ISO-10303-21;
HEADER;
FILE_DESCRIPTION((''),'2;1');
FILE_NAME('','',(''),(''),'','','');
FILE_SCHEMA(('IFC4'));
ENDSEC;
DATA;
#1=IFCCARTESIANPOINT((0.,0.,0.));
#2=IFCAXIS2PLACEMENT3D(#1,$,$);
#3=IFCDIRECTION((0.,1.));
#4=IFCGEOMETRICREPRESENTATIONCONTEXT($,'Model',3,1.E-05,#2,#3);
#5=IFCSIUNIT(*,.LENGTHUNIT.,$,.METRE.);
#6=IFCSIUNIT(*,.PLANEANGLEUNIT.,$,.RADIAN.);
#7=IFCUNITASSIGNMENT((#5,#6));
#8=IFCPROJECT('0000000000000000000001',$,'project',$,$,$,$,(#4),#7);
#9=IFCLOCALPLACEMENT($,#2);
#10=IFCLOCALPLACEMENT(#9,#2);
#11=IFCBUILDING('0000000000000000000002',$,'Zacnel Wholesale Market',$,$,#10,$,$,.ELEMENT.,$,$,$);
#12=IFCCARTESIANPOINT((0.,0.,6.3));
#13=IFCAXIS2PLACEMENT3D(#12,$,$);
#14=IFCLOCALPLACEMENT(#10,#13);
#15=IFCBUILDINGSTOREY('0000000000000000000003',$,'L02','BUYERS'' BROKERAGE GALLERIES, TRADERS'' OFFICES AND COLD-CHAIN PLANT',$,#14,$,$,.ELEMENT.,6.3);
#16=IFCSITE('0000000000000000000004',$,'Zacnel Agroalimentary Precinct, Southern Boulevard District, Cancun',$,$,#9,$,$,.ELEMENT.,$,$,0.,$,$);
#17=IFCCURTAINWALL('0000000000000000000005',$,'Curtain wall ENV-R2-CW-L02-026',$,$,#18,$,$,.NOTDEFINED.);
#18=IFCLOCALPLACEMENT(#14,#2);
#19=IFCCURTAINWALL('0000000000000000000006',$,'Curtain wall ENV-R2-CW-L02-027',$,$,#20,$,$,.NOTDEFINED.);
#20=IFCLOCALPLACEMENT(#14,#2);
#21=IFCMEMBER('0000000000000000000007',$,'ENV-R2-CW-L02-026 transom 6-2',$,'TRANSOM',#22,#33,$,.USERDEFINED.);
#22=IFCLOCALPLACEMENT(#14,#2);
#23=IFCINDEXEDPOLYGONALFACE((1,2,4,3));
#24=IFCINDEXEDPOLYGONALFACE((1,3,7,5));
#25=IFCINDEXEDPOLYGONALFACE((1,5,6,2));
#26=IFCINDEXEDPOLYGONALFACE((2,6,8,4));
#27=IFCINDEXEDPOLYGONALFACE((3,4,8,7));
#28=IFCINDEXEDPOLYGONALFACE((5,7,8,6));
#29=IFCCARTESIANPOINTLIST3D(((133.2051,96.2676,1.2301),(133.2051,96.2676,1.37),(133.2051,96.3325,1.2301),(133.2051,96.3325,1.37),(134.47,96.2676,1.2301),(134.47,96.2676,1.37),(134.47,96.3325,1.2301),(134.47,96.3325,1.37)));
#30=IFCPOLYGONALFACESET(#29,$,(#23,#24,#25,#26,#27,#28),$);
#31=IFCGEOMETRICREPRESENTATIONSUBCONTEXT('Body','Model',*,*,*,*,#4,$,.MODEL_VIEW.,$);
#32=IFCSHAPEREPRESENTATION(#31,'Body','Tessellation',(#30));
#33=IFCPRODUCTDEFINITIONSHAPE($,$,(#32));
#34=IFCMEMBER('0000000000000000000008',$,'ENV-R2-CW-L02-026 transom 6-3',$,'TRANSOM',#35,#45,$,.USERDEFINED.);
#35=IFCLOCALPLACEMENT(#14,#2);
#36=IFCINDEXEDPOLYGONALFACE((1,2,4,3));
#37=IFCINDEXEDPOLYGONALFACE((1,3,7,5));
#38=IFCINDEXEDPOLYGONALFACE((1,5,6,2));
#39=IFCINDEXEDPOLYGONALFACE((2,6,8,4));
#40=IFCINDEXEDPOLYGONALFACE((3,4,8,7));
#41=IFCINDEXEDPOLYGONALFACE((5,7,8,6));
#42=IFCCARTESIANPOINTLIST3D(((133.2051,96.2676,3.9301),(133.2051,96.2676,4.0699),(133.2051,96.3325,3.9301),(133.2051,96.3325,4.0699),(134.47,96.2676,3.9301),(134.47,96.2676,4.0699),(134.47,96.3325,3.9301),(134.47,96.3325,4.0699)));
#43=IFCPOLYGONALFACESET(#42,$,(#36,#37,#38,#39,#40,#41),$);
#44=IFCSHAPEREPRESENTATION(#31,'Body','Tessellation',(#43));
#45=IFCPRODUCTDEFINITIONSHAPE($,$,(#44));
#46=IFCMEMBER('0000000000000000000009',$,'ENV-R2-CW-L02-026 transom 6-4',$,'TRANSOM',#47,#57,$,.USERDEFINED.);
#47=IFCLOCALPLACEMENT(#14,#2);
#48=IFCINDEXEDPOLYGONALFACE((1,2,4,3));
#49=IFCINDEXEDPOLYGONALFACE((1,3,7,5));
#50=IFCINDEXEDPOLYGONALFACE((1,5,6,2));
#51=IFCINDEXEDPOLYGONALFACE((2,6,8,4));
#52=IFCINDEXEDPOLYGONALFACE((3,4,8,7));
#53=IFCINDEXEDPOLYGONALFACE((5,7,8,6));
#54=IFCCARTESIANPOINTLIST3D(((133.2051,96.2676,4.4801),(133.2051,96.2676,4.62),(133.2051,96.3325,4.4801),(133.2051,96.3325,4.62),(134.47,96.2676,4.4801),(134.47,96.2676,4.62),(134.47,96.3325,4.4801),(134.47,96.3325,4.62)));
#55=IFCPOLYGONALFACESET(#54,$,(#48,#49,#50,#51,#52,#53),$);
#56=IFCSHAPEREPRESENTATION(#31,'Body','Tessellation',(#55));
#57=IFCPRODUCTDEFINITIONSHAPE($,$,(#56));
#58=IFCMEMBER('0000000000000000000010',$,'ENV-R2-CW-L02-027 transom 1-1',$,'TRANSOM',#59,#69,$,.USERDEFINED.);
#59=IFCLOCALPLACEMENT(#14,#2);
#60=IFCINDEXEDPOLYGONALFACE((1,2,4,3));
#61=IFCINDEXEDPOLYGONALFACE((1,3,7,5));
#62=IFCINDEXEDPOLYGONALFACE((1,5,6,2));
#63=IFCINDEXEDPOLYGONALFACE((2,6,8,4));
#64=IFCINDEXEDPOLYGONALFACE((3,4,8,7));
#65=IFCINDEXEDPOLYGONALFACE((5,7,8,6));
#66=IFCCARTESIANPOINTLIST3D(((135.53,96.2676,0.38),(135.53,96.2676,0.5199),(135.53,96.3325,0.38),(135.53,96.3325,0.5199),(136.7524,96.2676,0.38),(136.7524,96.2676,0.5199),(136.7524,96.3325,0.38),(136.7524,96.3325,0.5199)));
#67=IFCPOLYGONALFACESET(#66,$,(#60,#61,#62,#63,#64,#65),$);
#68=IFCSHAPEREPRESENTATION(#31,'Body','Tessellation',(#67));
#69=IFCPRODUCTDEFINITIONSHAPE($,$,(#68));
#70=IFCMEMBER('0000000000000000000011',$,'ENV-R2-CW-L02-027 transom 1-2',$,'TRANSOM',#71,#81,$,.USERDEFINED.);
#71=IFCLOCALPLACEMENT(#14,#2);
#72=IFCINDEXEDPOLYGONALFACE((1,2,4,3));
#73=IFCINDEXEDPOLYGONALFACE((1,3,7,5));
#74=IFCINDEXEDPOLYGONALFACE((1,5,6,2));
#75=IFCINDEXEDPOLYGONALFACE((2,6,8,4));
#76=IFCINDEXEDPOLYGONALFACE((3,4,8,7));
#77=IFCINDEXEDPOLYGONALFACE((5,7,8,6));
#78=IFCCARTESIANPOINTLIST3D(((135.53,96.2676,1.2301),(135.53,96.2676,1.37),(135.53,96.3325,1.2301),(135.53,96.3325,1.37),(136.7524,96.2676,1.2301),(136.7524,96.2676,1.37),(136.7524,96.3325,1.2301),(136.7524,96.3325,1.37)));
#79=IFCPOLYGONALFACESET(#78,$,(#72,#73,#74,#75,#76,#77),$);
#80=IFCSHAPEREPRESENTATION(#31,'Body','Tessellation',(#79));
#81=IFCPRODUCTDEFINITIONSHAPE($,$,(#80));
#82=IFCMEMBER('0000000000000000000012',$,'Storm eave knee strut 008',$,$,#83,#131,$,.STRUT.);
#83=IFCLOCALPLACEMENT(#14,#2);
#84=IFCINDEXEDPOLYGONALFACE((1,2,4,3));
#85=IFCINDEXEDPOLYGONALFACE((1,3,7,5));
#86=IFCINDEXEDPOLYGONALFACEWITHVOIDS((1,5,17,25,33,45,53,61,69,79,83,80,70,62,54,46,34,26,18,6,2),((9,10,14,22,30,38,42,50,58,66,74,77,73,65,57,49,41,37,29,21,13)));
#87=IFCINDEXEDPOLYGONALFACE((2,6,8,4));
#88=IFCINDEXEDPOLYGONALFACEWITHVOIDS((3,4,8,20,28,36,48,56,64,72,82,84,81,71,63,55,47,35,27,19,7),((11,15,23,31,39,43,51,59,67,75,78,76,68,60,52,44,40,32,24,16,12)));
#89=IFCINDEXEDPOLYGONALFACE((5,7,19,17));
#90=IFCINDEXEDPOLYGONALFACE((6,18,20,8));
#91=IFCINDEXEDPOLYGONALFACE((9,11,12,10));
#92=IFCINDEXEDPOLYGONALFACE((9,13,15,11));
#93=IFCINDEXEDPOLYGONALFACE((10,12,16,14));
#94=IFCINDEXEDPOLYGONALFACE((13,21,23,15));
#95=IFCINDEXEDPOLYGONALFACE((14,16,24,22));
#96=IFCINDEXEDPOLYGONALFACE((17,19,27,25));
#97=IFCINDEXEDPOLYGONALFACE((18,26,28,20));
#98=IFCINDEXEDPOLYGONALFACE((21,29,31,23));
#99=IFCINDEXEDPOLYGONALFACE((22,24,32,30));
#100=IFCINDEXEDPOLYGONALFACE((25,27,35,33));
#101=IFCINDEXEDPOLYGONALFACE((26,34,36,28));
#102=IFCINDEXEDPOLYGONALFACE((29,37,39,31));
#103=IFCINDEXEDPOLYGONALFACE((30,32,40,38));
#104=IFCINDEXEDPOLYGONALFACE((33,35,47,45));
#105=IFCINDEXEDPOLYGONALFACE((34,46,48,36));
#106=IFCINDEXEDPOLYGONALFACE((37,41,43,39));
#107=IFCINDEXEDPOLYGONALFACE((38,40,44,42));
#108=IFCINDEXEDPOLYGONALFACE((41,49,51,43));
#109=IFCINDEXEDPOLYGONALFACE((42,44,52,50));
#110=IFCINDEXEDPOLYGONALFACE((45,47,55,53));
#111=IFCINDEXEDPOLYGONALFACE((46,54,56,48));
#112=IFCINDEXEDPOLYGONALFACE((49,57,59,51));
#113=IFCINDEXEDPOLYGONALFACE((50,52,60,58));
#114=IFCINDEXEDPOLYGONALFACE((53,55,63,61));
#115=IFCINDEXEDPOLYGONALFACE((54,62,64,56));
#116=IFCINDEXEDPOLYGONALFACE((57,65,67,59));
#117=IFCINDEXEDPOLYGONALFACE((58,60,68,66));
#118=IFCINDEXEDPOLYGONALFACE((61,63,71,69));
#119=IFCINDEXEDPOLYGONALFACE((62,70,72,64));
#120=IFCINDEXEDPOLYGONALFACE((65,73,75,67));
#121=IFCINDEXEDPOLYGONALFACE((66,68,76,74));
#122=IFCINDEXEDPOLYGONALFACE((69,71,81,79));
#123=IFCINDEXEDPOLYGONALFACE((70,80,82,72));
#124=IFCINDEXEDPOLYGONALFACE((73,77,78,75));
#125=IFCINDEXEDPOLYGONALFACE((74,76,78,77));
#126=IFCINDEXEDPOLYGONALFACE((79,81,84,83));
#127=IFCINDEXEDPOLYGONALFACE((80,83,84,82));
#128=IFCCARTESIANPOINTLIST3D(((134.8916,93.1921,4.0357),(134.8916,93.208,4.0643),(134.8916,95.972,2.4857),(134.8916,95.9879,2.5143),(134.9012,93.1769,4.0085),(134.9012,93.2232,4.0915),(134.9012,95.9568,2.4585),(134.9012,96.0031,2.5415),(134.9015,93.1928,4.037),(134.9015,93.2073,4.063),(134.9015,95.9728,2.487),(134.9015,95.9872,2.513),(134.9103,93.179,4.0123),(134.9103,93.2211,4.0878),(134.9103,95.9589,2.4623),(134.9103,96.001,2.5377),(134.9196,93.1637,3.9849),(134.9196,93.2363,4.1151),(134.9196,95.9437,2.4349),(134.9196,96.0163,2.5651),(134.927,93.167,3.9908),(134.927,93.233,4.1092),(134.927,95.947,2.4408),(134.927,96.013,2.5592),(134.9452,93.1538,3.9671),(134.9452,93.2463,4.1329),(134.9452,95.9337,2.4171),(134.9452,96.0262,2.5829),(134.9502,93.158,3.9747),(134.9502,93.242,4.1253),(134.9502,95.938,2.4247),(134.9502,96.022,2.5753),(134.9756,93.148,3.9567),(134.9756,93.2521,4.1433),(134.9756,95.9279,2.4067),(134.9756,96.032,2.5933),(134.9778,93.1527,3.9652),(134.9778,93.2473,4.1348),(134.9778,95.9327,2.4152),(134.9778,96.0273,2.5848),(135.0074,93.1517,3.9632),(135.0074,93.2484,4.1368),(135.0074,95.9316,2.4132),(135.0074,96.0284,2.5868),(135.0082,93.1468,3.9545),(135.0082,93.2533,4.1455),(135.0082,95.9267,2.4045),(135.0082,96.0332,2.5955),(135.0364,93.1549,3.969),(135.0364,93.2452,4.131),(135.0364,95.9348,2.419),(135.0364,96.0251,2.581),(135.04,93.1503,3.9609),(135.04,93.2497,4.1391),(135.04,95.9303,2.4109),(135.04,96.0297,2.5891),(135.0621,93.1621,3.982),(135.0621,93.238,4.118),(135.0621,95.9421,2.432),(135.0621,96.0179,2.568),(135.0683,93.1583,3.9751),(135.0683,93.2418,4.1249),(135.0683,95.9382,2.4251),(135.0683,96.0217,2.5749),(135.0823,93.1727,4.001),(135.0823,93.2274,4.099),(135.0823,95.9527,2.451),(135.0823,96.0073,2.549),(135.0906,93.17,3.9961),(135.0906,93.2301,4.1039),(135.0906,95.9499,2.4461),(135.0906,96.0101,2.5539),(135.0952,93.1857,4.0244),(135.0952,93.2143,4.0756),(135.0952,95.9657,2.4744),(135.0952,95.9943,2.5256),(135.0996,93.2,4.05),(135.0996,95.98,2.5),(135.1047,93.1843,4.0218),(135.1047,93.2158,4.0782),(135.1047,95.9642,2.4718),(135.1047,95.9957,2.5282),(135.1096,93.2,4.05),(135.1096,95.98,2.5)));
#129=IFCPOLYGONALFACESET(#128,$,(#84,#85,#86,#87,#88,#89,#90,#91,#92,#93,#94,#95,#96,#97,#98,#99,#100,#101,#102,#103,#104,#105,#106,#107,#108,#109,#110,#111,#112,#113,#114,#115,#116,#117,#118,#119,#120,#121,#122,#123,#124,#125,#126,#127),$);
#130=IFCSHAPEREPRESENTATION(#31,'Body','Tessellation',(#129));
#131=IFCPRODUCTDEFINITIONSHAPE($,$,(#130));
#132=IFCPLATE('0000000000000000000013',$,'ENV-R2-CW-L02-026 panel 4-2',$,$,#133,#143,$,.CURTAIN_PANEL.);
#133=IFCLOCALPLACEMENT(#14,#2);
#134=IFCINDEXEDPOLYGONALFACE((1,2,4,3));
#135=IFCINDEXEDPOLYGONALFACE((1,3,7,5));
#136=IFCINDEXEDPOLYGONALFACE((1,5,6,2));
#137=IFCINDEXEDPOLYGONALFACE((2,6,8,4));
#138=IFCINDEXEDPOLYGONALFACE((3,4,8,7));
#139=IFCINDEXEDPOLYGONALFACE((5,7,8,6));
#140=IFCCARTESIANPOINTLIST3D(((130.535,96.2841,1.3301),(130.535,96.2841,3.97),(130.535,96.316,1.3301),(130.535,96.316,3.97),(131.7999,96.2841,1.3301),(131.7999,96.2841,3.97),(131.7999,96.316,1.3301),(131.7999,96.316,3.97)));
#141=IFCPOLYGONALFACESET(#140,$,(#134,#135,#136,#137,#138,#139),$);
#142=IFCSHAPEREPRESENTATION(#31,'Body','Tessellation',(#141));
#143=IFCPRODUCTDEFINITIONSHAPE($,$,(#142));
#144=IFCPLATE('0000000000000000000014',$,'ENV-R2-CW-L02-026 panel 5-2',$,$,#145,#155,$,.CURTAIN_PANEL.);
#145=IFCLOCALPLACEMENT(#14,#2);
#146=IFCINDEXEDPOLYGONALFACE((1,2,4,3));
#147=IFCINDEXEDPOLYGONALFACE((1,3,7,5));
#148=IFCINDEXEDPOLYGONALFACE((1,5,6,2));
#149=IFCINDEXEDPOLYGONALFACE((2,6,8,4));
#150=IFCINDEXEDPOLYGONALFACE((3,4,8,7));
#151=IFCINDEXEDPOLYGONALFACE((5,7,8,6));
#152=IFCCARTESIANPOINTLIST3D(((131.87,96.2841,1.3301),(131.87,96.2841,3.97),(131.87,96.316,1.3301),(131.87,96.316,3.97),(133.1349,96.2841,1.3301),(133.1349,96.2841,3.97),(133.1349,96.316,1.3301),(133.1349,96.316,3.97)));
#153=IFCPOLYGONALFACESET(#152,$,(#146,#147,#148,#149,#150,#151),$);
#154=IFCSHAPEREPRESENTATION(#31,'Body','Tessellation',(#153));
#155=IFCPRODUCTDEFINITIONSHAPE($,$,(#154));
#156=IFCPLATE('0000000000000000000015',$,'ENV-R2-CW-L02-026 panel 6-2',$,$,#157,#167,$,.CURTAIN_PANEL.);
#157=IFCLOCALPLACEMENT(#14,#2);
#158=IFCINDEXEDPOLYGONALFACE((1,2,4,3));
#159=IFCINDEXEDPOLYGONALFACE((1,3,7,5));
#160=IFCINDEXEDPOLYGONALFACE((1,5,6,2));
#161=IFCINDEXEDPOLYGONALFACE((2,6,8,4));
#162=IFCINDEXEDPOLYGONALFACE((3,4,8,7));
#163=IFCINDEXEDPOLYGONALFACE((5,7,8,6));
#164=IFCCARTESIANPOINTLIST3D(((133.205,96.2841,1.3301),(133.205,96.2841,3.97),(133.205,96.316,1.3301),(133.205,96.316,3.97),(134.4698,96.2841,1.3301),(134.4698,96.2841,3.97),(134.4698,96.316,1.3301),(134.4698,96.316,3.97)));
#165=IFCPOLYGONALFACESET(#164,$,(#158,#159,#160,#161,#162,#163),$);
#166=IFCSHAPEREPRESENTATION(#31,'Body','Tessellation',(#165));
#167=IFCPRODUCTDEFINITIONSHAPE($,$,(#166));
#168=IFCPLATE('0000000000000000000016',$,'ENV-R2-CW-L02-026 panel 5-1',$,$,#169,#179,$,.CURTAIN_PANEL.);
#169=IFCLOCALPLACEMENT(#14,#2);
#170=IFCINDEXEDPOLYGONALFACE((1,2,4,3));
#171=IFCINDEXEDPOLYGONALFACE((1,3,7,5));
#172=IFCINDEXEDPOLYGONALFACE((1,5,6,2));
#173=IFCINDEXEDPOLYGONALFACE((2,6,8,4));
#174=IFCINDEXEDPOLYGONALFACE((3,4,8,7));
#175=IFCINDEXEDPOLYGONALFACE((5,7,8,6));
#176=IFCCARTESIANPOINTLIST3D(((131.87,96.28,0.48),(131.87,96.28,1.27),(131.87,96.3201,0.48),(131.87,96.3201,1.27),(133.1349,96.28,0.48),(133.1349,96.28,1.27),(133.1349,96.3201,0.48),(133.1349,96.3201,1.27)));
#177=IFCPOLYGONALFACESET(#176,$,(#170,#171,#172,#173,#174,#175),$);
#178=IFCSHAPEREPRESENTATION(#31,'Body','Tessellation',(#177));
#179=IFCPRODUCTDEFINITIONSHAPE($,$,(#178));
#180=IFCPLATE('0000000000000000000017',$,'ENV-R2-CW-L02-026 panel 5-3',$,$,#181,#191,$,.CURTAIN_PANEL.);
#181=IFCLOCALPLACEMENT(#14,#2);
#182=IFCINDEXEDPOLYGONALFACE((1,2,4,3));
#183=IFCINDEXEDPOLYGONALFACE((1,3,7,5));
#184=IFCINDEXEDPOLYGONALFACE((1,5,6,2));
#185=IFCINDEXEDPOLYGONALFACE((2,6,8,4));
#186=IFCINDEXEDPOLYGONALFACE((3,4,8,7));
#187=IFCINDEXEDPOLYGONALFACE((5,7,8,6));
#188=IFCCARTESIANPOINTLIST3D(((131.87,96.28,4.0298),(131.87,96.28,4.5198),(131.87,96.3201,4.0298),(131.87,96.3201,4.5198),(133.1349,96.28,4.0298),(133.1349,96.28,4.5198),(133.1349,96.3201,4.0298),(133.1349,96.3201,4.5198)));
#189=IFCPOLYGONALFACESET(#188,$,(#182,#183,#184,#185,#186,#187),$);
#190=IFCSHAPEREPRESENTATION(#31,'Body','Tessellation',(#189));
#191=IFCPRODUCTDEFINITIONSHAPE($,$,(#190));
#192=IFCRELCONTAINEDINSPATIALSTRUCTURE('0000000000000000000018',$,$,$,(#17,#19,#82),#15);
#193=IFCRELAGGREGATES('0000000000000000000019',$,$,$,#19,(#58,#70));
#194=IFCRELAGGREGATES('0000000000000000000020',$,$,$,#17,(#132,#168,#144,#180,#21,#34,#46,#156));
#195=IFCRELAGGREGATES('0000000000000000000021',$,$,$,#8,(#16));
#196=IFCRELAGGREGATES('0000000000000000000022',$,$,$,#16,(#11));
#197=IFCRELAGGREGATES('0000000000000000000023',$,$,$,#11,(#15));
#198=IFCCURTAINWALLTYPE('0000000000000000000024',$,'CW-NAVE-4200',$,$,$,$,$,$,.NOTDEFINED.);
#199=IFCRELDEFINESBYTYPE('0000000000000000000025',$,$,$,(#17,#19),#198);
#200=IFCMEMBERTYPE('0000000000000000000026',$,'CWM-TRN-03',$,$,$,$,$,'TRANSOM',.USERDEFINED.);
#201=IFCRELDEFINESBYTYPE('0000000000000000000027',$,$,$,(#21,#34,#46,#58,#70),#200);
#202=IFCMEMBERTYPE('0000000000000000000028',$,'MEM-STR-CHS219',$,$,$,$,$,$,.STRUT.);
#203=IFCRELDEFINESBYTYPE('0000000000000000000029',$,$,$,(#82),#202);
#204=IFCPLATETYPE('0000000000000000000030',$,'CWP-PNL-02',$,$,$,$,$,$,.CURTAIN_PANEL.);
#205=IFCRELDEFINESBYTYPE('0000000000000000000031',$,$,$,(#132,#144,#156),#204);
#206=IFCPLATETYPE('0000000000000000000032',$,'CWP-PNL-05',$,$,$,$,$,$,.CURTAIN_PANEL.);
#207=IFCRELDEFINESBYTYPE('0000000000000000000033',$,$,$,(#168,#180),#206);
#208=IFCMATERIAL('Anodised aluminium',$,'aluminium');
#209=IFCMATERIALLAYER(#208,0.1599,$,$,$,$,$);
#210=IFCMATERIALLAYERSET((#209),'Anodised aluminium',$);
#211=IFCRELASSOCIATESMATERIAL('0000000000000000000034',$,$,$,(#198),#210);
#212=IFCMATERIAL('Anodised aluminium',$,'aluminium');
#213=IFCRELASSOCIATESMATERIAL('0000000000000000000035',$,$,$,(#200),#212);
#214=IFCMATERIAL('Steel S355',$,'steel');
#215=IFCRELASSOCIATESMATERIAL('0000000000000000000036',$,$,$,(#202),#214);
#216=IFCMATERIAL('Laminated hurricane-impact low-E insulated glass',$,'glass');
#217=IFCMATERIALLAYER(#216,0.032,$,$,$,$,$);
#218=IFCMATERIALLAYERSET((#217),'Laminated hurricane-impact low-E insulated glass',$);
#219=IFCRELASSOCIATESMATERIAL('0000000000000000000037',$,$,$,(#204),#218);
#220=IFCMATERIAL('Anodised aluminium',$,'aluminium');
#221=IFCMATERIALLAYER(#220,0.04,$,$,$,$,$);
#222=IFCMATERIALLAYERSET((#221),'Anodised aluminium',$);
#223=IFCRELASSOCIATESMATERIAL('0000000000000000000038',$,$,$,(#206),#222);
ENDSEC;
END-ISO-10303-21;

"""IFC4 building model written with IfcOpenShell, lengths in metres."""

from ifc_helpers import new_model, si_unit, direction, frame, origin, origin_2d, place, context, subcontext, project, spatial, rectangle, hollow_circle, extrude, material, layer, layer_set, material_profile, profile_set, type_object, element, aggregate, save


model = new_model("IFC4")

# Units and contexts
model_context = context("Model", 3, precision=1e-05, world=origin(), true_north=direction((0.0, 1.0)))
body_context = subcontext(model_context, "Body", "Model", "MODEL_VIEW")
ifc_project = project(units=[si_unit("LENGTHUNIT", "METRE"), si_unit("PLANEANGLEUNIT", "RADIAN")], contexts=[model_context])

# Site, building, storey
site_placement = place(None, origin())
site = spatial("IfcSite", under=ifc_project, at=site_placement, Name="Zacnel Agroalimentary Precinct, Southern Boulevard District, Cancun", CompositionType="ELEMENT", RefElevation=0.0)
building_placement = place(site_placement, origin())
building = spatial("IfcBuilding", under=site, at=building_placement, Name="Zacnel Wholesale Market", CompositionType="ELEMENT")
storey_placement = place(building_placement, frame((0.0, 0.0, 6.3)))
storey = spatial("IfcBuildingStorey", under=building, at=storey_placement, Name="L02", Description="BUYERS' BROKERAGE GALLERIES, TRADERS' OFFICES AND COLD-CHAIN PLANT", CompositionType="ELEMENT", Elevation=6.3)

# Curtain wall
ifc_material_1 = material(Name="Anodised aluminium", Category="aluminium")
ifc_layer_1 = layer(ifc_material_1, 0.1599)
ifc_layer_set_1 = layer_set([ifc_layer_1], Name="Anodised aluminium")
curtain_wall_type = type_object("IfcCurtainWallType", Name="CW-NAVE-4200", PredefinedType="NOTDEFINED", material=ifc_layer_set_1)
curtain_wall_1_placement = place(storey_placement, origin())
curtain_wall_1 = element("IfcCurtainWall", 1, at=curtain_wall_1_placement, inside=storey, type_object=curtain_wall_type, Name="Curtain wall ENV-R2-CW-L02-026", PredefinedType="NOTDEFINED")

# Curtain wall
curtain_wall_2_placement = place(storey_placement, origin())
curtain_wall_2 = element("IfcCurtainWall", 2, at=curtain_wall_2_placement, inside=storey, type_object=curtain_wall_type, Name="Curtain wall ENV-R2-CW-L02-027", PredefinedType="NOTDEFINED")

# Members
ifc_material_2 = material(Name="Anodised aluminium", Category="aluminium")
ifc_material_profile_1 = material_profile(ifc_material_2, rectangle(XDim=0.0649, YDim=0.1399, at=origin_2d()), Name="AW-TRANSOM 65x140")
ifc_profile_set_1 = profile_set([ifc_material_profile_1], Name="Anodised aluminium")
member_type_1 = type_object("IfcMemberType", Name="CWM-TRN-03", ElementType="TRANSOM", PredefinedType="USERDEFINED", material=ifc_profile_set_1)
member_1_placement = place(storey_placement, frame((133.2051, 96.3, 1.3), z_axis=(1.0, 0.0, 0.0), x_axis=(0.0, 1.0, 0.0)))
member_1 = element("IfcMember", 3, at=member_1_placement, type_object=member_type_1, Name="ENV-R2-CW-L02-026 transom 6-2", ObjectType="TRANSOM", PredefinedType="USERDEFINED", context=body_context, shape_type="SweptSolid", body=[
    extrude(rectangle(XDim=0.0649, YDim=0.1399, at=origin_2d()), origin(), (0.0, 0.0, 1.0), 1.2649),
])
member_2_placement = place(storey_placement, frame((133.2051, 96.3, 4.0), z_axis=(1.0, 0.0, 0.0), x_axis=(0.0, 1.0, 0.0)))
member_2 = element("IfcMember", 4, at=member_2_placement, type_object=member_type_1, Name="ENV-R2-CW-L02-026 transom 6-3", ObjectType="TRANSOM", PredefinedType="USERDEFINED", context=body_context, shape_type="SweptSolid", body=[
    extrude(rectangle(XDim=0.0649, YDim=0.1399, at=origin_2d()), origin(), (0.0, 0.0, 1.0), 1.2649),
])
member_3_placement = place(storey_placement, frame((133.2051, 96.3, 4.55), z_axis=(1.0, 0.0, 0.0), x_axis=(0.0, 1.0, 0.0)))
member_3 = element("IfcMember", 5, at=member_3_placement, type_object=member_type_1, Name="ENV-R2-CW-L02-026 transom 6-4", ObjectType="TRANSOM", PredefinedType="USERDEFINED", context=body_context, shape_type="SweptSolid", body=[
    extrude(rectangle(XDim=0.0649, YDim=0.1399, at=origin_2d()), origin(), (0.0, 0.0, 1.0), 1.2649),
])
member_4_placement = place(storey_placement, frame((135.53, 96.3, 0.45), z_axis=(1.0, 0.0, 0.0), x_axis=(0.0, 1.0, 0.0)))
member_4 = element("IfcMember", 6, at=member_4_placement, type_object=member_type_1, Name="ENV-R2-CW-L02-027 transom 1-1", ObjectType="TRANSOM", PredefinedType="USERDEFINED", context=body_context, shape_type="SweptSolid", body=[
    extrude(rectangle(XDim=0.0649, YDim=0.1399, at=origin_2d()), origin(), (0.0, 0.0, 1.0), 1.2224),
])
member_5_placement = place(storey_placement, frame((135.53, 96.3, 1.3), z_axis=(1.0, 0.0, 0.0), x_axis=(0.0, 1.0, 0.0)))
member_5 = element("IfcMember", 7, at=member_5_placement, type_object=member_type_1, Name="ENV-R2-CW-L02-027 transom 1-2", ObjectType="TRANSOM", PredefinedType="USERDEFINED", context=body_context, shape_type="SweptSolid", body=[
    extrude(rectangle(XDim=0.0649, YDim=0.1399, at=origin_2d()), origin(), (0.0, 0.0, 1.0), 1.2224),
])
aggregate(curtain_wall_2, [member_4, member_5])
ifc_material_3 = material(Name="Steel S355", Category="steel")
ifc_material_profile_2 = material_profile(ifc_material_3, hollow_circle(Radius=0.1096, WallThickness=0.01, at=origin_2d()), Name="CHS 219.1x10")
ifc_profile_set_2 = profile_set([ifc_material_profile_2], Name="Steel S355")
member_type_2 = type_object("IfcMemberType", Name="MEM-STR-CHS219", PredefinedType="STRUT", material=ifc_profile_set_2)
member_6_placement = place(storey_placement, frame((135.0, 95.98, 2.5), z_axis=(0.0, -0.873411, 0.486984), x_axis=(1.0, 0.0, 0.0)))
element("IfcMember", 8, at=member_6_placement, inside=storey, type_object=member_type_2, Name="Storm eave knee strut 008", PredefinedType="STRUT", context=body_context, shape_type="SweptSolid", body=[
    extrude(hollow_circle(Radius=0.1096, WallThickness=0.01, at=origin_2d()), origin(), (0.0, 0.0, 1.0), 3.1829),
])

# Plates
ifc_material_4 = material(Name="Laminated hurricane-impact low-E insulated glass", Category="glass")
ifc_layer_2 = layer(ifc_material_4, 0.032)
ifc_layer_set_2 = layer_set([ifc_layer_2], Name="Laminated hurricane-impact low-E insulated glass")
plate_type_1 = type_object("IfcPlateType", Name="CWP-PNL-02", PredefinedType="CURTAIN_PANEL", material=ifc_layer_set_2)
plate_1_placement = place(storey_placement, frame((131.1675, 96.3, 1.3301), z_axis=(0.0, 0.0, 1.0), x_axis=(1.0, 0.0, 0.0)))
plate_1 = element("IfcPlate", 9, at=plate_1_placement, type_object=plate_type_1, Name="ENV-R2-CW-L02-026 panel 4-2", PredefinedType="CURTAIN_PANEL", context=body_context, shape_type="SweptSolid", body=[
    extrude(rectangle(XDim=1.2649, YDim=0.032, at=origin_2d()), origin(), (0.0, 0.0, 1.0), 2.6399),
])
plate_2_placement = place(storey_placement, frame((132.5024, 96.3, 1.3301), z_axis=(0.0, 0.0, 1.0), x_axis=(1.0, 0.0, 0.0)))
plate_2 = element("IfcPlate", 10, at=plate_2_placement, type_object=plate_type_1, Name="ENV-R2-CW-L02-026 panel 5-2", PredefinedType="CURTAIN_PANEL", context=body_context, shape_type="SweptSolid", body=[
    extrude(rectangle(XDim=1.2649, YDim=0.032, at=origin_2d()), origin(), (0.0, 0.0, 1.0), 2.6399),
])
plate_3_placement = place(storey_placement, frame((133.8374, 96.3, 1.3301), z_axis=(0.0, 0.0, 1.0), x_axis=(1.0, 0.0, 0.0)))
plate_3 = element("IfcPlate", 11, at=plate_3_placement, type_object=plate_type_1, Name="ENV-R2-CW-L02-026 panel 6-2", PredefinedType="CURTAIN_PANEL", context=body_context, shape_type="SweptSolid", body=[
    extrude(rectangle(XDim=1.2649, YDim=0.032, at=origin_2d()), origin(), (0.0, 0.0, 1.0), 2.6399),
])
ifc_material_5 = material(Name="Anodised aluminium", Category="aluminium")
ifc_layer_3 = layer(ifc_material_5, 0.04)
ifc_layer_set_3 = layer_set([ifc_layer_3], Name="Anodised aluminium")
plate_type_2 = type_object("IfcPlateType", Name="CWP-PNL-05", PredefinedType="CURTAIN_PANEL", material=ifc_layer_set_3)
plate_4_placement = place(storey_placement, frame((132.5024, 96.3, 0.48), z_axis=(0.0, 0.0, 1.0), x_axis=(1.0, 0.0, 0.0)))
plate_4 = element("IfcPlate", 12, at=plate_4_placement, type_object=plate_type_2, Name="ENV-R2-CW-L02-026 panel 5-1", PredefinedType="CURTAIN_PANEL", context=body_context, shape_type="SweptSolid", body=[
    extrude(rectangle(XDim=1.2649, YDim=0.04, at=origin_2d()), origin(), (0.0, 0.0, 1.0), 0.79),
])
plate_5_placement = place(storey_placement, frame((132.5024, 96.3, 4.0298), z_axis=(0.0, 0.0, 1.0), x_axis=(1.0, 0.0, 0.0)))
plate_5 = element("IfcPlate", 13, at=plate_5_placement, type_object=plate_type_2, Name="ENV-R2-CW-L02-026 panel 5-3", PredefinedType="CURTAIN_PANEL", context=body_context, shape_type="SweptSolid", body=[
    extrude(rectangle(XDim=1.2649, YDim=0.04, at=origin_2d()), origin(), (0.0, 0.0, 1.0), 0.49),
])
aggregate(curtain_wall_1, [plate_1, plate_4, plate_2, plate_5, member_1, member_2, member_3, plate_3])

save(model, "model.ifc")
